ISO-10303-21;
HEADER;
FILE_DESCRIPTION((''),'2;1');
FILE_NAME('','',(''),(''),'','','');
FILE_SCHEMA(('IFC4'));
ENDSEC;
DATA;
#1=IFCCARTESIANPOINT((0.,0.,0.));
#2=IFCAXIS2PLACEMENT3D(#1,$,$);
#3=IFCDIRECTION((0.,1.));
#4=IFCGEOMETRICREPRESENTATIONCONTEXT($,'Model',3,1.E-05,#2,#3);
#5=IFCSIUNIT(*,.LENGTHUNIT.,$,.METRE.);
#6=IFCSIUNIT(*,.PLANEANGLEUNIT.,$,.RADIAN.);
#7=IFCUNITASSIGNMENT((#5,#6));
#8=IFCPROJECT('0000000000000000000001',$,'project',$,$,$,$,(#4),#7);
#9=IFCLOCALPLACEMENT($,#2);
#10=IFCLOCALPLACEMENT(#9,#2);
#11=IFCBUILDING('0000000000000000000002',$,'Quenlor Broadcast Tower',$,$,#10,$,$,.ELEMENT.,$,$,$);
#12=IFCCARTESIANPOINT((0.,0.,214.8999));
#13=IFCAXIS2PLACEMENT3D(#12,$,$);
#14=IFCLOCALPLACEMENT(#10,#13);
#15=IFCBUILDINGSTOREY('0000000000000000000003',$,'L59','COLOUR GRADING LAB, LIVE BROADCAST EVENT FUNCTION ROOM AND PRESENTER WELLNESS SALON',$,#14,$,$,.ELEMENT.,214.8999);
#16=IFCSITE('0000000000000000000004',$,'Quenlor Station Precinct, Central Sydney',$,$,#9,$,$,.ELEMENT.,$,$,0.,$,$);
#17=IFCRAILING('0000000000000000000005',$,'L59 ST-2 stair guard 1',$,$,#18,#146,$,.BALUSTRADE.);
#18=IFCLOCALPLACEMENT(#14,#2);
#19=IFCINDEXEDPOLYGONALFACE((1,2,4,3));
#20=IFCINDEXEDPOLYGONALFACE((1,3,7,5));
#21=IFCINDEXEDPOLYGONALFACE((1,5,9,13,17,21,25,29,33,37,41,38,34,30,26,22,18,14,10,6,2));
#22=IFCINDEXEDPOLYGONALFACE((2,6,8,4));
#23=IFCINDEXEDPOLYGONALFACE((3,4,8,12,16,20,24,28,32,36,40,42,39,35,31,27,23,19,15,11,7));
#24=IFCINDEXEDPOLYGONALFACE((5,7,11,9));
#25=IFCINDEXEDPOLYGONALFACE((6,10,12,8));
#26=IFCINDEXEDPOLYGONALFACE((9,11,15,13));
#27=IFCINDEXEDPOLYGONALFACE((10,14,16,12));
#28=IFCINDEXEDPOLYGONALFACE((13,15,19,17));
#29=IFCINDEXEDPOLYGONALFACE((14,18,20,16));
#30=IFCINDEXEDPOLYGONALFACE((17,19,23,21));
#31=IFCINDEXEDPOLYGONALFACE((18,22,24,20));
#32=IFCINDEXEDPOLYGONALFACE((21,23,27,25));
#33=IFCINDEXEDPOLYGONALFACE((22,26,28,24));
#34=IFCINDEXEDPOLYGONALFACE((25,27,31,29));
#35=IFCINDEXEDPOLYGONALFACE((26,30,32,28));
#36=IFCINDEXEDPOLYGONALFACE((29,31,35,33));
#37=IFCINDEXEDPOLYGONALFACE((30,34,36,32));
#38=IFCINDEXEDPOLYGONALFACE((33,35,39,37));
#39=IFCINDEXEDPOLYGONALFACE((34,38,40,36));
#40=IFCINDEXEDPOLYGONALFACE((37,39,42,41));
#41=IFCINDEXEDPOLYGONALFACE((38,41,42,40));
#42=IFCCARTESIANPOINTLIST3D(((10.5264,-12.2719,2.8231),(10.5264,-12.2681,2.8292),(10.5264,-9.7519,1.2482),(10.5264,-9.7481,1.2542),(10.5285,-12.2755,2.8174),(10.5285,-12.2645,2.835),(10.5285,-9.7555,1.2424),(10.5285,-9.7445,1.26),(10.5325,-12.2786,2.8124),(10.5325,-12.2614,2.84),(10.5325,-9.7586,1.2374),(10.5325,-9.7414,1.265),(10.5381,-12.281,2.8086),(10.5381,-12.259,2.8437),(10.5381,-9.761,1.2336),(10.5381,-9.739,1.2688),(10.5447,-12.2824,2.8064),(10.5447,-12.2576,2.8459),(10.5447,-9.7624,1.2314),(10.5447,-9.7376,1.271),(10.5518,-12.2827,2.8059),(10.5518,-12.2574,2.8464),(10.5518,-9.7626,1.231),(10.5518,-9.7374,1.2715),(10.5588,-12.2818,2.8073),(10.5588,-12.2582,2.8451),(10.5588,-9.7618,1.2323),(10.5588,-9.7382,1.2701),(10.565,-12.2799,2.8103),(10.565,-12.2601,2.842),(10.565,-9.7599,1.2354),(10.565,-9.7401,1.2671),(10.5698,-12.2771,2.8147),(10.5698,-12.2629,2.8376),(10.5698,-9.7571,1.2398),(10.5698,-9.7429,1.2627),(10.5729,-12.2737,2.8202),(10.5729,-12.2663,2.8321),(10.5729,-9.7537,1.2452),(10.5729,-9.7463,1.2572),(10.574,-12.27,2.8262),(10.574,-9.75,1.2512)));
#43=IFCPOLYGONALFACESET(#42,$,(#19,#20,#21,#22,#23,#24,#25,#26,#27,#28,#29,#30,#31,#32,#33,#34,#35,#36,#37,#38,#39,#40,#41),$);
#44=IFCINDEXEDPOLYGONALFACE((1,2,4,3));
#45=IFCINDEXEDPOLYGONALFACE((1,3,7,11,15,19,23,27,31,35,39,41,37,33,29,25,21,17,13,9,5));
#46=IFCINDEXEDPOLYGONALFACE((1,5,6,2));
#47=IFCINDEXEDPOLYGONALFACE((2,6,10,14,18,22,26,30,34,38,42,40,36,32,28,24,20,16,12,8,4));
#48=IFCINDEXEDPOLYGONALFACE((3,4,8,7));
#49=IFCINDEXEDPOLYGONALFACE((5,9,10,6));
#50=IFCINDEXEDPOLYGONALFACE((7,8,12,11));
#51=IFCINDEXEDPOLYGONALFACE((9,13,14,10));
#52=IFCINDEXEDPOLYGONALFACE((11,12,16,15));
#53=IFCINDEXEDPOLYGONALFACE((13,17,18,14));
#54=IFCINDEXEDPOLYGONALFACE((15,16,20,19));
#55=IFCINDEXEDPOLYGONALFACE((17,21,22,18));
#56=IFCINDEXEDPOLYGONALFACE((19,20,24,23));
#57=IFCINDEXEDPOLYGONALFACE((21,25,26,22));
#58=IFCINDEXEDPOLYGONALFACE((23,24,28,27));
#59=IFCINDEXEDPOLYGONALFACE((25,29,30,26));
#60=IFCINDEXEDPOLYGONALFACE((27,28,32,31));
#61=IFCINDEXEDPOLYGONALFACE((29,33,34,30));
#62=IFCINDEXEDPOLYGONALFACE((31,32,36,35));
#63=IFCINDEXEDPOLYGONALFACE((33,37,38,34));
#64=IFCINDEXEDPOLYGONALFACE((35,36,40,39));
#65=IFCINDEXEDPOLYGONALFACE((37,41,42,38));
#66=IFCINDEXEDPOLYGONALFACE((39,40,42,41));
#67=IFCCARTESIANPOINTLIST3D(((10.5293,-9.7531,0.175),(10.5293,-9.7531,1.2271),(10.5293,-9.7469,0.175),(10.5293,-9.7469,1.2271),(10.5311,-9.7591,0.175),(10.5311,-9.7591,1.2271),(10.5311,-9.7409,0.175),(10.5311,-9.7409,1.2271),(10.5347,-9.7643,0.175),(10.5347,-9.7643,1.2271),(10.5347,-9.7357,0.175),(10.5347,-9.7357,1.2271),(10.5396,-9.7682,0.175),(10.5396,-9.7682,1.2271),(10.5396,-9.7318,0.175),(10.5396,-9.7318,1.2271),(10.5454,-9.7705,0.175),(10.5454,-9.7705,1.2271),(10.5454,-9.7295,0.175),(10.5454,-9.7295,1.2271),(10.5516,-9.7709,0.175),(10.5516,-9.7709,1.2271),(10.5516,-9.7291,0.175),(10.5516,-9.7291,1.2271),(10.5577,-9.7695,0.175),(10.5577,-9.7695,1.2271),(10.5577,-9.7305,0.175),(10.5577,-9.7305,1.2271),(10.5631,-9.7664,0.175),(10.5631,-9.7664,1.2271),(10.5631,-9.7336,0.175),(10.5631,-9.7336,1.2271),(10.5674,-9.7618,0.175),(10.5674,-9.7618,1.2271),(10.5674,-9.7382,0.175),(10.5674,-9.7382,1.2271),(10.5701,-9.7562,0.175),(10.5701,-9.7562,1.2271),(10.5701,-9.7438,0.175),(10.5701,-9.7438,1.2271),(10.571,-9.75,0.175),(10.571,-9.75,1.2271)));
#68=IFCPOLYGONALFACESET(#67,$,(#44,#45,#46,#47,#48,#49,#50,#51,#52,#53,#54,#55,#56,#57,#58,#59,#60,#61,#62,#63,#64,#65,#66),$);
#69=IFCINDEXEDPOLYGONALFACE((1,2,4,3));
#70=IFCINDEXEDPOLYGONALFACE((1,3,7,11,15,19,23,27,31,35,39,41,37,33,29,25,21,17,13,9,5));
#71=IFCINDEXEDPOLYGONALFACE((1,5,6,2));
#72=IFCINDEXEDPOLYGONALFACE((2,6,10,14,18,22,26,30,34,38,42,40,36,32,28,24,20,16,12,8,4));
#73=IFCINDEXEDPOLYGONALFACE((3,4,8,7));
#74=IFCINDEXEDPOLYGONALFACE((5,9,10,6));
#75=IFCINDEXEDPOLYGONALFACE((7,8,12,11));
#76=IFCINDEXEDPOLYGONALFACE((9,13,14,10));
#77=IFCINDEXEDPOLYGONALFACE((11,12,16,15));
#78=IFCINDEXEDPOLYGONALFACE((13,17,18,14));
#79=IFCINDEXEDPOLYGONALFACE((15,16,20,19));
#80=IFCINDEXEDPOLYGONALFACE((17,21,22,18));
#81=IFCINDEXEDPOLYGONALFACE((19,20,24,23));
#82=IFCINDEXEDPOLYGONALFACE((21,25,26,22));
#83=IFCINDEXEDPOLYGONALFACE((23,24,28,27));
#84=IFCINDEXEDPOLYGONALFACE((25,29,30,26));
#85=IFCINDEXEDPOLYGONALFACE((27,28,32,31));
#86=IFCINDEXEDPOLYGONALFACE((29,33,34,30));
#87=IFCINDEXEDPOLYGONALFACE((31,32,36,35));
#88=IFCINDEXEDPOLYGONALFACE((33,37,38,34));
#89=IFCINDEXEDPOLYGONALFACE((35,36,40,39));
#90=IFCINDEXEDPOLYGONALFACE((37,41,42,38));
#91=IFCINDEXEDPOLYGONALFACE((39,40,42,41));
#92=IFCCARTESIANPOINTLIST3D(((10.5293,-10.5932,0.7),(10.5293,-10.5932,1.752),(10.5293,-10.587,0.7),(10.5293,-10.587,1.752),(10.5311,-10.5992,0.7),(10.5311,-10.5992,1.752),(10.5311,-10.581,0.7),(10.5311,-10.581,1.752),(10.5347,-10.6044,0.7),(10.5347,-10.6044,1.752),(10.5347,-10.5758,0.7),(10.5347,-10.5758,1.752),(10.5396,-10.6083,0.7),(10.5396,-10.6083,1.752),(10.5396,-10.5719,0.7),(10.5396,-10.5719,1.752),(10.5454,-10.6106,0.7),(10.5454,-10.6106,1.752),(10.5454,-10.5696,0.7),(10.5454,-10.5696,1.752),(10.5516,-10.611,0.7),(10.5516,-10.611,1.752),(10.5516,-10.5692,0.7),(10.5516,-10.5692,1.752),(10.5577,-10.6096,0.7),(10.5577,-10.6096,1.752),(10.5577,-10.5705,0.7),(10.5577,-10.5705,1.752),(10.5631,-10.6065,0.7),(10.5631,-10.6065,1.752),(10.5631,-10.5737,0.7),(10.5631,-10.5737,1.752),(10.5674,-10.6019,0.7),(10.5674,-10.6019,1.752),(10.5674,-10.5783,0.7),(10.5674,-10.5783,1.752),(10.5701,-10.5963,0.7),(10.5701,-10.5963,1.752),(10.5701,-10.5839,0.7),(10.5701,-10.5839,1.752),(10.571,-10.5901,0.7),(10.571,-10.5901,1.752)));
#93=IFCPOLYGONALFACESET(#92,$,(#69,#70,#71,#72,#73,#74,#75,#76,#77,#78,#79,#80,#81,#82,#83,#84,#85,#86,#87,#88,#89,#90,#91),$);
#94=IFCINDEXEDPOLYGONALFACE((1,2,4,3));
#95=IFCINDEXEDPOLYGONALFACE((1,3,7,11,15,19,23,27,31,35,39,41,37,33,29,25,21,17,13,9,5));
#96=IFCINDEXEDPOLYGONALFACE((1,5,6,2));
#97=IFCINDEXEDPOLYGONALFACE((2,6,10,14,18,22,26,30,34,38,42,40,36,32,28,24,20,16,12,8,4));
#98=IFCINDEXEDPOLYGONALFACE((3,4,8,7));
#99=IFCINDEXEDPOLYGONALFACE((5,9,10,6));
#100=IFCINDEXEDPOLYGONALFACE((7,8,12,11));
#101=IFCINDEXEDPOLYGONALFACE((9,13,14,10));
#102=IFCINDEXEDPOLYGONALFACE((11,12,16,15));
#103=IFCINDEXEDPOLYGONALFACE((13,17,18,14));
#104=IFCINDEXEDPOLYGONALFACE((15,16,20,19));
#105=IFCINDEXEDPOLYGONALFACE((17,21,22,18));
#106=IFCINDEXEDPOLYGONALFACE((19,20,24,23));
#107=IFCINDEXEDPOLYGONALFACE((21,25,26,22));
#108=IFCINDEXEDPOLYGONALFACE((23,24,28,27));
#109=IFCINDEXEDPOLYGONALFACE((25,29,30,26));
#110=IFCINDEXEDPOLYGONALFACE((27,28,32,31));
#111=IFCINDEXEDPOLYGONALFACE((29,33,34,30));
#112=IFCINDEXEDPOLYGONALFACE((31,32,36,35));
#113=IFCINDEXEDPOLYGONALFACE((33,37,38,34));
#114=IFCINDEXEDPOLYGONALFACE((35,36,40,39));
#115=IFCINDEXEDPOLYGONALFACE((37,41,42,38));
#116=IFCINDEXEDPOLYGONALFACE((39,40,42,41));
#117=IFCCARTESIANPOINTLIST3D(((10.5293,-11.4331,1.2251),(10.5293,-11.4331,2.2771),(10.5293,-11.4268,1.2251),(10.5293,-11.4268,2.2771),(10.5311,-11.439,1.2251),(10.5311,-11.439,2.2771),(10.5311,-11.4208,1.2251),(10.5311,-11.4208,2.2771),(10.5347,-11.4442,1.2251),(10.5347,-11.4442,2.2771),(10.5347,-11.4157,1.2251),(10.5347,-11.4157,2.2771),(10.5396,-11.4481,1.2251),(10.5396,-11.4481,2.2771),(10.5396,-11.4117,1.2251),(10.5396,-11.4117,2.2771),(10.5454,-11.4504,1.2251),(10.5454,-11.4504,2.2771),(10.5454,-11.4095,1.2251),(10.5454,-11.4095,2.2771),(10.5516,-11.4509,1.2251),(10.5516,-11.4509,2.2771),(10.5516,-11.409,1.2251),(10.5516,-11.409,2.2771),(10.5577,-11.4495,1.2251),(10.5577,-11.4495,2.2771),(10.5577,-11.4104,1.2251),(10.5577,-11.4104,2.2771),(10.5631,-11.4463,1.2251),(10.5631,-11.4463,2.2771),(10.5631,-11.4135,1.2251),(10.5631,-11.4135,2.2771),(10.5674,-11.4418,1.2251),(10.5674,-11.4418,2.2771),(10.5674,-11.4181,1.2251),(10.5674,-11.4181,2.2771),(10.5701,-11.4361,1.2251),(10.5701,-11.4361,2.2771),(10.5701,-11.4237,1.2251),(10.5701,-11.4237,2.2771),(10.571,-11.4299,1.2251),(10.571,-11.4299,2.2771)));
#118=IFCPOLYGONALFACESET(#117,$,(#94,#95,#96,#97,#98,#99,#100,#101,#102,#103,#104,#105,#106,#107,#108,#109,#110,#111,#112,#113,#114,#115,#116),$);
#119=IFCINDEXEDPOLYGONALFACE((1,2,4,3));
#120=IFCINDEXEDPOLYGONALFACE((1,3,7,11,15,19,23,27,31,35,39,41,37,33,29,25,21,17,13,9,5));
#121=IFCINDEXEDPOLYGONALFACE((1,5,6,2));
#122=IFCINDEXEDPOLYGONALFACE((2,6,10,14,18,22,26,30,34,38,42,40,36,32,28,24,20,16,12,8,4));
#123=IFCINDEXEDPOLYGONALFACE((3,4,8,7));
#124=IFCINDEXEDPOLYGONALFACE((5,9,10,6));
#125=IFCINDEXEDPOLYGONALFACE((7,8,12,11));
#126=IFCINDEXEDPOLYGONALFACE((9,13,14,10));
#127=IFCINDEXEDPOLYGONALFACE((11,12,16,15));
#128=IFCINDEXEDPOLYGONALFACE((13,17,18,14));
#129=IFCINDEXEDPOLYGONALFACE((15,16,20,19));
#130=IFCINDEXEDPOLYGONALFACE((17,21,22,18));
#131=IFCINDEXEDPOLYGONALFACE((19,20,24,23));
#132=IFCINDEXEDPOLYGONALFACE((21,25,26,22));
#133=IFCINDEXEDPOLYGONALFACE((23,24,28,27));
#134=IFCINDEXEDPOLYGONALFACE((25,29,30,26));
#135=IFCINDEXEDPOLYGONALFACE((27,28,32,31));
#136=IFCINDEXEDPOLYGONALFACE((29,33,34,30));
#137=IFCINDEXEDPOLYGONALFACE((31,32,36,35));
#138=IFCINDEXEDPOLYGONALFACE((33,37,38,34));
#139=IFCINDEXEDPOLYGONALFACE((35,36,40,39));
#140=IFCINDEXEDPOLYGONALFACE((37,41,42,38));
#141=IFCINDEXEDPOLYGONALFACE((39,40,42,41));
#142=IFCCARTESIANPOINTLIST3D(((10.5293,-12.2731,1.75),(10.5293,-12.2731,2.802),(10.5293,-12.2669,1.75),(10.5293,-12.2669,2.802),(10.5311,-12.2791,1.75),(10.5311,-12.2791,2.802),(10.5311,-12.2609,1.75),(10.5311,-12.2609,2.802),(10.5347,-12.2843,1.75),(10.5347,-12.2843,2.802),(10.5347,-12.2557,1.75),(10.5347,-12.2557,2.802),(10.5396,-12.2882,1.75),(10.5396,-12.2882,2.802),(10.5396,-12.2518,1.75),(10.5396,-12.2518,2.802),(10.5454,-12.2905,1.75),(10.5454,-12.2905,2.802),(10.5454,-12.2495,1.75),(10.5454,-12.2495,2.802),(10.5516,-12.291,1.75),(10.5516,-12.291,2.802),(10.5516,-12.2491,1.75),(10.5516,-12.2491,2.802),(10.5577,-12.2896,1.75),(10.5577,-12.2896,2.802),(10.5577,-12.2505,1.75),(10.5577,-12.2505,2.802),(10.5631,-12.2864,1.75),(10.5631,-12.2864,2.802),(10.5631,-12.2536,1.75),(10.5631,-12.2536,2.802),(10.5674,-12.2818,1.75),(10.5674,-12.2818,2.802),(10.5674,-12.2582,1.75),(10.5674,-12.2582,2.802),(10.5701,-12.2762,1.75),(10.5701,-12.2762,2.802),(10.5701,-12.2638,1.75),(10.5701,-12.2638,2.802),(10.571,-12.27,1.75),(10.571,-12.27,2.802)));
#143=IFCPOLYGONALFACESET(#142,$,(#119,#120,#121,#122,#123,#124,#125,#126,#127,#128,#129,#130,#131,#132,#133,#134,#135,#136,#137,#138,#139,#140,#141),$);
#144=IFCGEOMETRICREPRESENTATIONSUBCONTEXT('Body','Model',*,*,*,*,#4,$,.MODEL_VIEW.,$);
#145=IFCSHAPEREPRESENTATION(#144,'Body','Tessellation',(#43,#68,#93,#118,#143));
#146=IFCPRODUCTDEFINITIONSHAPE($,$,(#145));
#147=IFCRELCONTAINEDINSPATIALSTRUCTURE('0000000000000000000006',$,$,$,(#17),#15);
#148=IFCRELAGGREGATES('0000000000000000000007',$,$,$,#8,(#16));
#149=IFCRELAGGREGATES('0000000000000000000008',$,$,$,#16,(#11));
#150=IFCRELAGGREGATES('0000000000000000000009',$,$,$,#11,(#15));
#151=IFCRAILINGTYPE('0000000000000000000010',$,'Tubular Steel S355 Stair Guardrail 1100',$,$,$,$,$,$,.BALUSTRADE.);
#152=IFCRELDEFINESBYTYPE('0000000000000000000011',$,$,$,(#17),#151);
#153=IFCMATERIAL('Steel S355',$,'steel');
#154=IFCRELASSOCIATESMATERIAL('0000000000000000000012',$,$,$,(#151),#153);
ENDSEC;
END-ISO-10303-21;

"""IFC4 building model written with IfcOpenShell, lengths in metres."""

from ifc_helpers import new_model, si_unit, direction, frame, origin, origin_2d, place, context, subcontext, project, spatial, circle, extrude, material, type_object, element, save


model = new_model("IFC4")

# Units and contexts
model_context = context("Model", 3, precision=1e-05, world=origin(), true_north=direction((0.0, 1.0)))
body_context = subcontext(model_context, "Body", "Model", "MODEL_VIEW")
ifc_project = project(units=[si_unit("LENGTHUNIT", "METRE"), si_unit("PLANEANGLEUNIT", "RADIAN")], contexts=[model_context])

# Site, building, storey
site_placement = place(None, origin())
site = spatial("IfcSite", under=ifc_project, at=site_placement, Name="Quenlor Station Precinct, Central Sydney", CompositionType="ELEMENT", RefElevation=0.0)
building_placement = place(site_placement, origin())
building = spatial("IfcBuilding", under=site, at=building_placement, Name="Quenlor Broadcast Tower", CompositionType="ELEMENT")
storey_placement = place(building_placement, frame((0.0, 0.0, 214.8999)))
storey = spatial("IfcBuildingStorey", under=building, at=storey_placement, Name="L59", Description="COLOUR GRADING LAB, LIVE BROADCAST EVENT FUNCTION ROOM AND PRESENTER WELLNESS SALON", CompositionType="ELEMENT", Elevation=214.8999)

# Railing
ifc_material_1 = material(Name="Steel S355", Category="steel")
railing_type_1 = type_object("IfcRailingType", Name="Tubular Steel S355 Stair Guardrail 1100", PredefinedType="BALUSTRADE", material=ifc_material_1)
railing_1_placement = place(storey_placement, frame((10.55, -9.75, 0.175)))
element("IfcRailing", 1, at=railing_1_placement, inside=storey, type_object=railing_type_1, Name="L59 ST-2 stair guard 1", PredefinedType="BALUSTRADE", context=body_context, shape_type="SweptSolid", body=[
    extrude(circle(Radius=0.0239, at=origin_2d()), frame((0.0, 0.0, 1.0762), z_axis=(0.0, -0.848008, 0.529984), x_axis=(1.0, 0.0, 0.0)), (0.0, 0.0, 1.0), 2.9717),
    extrude(circle(Radius=0.021, at=origin_2d()), origin(), (0.0, 0.0, 1.0), 1.052),
    extrude(circle(Radius=0.021, at=origin_2d()), frame((0.0, -0.8401, 0.5249)), (0.0, 0.0, 1.0), 1.052),
    extrude(circle(Radius=0.021, at=origin_2d()), frame((0.0, -1.6799, 1.05)), (0.0, 0.0, 1.0), 1.052),
    extrude(circle(Radius=0.021, at=origin_2d()), frame((0.0, -2.52, 1.575)), (0.0, 0.0, 1.0), 1.052),
])

save(model, "model.ifc")
